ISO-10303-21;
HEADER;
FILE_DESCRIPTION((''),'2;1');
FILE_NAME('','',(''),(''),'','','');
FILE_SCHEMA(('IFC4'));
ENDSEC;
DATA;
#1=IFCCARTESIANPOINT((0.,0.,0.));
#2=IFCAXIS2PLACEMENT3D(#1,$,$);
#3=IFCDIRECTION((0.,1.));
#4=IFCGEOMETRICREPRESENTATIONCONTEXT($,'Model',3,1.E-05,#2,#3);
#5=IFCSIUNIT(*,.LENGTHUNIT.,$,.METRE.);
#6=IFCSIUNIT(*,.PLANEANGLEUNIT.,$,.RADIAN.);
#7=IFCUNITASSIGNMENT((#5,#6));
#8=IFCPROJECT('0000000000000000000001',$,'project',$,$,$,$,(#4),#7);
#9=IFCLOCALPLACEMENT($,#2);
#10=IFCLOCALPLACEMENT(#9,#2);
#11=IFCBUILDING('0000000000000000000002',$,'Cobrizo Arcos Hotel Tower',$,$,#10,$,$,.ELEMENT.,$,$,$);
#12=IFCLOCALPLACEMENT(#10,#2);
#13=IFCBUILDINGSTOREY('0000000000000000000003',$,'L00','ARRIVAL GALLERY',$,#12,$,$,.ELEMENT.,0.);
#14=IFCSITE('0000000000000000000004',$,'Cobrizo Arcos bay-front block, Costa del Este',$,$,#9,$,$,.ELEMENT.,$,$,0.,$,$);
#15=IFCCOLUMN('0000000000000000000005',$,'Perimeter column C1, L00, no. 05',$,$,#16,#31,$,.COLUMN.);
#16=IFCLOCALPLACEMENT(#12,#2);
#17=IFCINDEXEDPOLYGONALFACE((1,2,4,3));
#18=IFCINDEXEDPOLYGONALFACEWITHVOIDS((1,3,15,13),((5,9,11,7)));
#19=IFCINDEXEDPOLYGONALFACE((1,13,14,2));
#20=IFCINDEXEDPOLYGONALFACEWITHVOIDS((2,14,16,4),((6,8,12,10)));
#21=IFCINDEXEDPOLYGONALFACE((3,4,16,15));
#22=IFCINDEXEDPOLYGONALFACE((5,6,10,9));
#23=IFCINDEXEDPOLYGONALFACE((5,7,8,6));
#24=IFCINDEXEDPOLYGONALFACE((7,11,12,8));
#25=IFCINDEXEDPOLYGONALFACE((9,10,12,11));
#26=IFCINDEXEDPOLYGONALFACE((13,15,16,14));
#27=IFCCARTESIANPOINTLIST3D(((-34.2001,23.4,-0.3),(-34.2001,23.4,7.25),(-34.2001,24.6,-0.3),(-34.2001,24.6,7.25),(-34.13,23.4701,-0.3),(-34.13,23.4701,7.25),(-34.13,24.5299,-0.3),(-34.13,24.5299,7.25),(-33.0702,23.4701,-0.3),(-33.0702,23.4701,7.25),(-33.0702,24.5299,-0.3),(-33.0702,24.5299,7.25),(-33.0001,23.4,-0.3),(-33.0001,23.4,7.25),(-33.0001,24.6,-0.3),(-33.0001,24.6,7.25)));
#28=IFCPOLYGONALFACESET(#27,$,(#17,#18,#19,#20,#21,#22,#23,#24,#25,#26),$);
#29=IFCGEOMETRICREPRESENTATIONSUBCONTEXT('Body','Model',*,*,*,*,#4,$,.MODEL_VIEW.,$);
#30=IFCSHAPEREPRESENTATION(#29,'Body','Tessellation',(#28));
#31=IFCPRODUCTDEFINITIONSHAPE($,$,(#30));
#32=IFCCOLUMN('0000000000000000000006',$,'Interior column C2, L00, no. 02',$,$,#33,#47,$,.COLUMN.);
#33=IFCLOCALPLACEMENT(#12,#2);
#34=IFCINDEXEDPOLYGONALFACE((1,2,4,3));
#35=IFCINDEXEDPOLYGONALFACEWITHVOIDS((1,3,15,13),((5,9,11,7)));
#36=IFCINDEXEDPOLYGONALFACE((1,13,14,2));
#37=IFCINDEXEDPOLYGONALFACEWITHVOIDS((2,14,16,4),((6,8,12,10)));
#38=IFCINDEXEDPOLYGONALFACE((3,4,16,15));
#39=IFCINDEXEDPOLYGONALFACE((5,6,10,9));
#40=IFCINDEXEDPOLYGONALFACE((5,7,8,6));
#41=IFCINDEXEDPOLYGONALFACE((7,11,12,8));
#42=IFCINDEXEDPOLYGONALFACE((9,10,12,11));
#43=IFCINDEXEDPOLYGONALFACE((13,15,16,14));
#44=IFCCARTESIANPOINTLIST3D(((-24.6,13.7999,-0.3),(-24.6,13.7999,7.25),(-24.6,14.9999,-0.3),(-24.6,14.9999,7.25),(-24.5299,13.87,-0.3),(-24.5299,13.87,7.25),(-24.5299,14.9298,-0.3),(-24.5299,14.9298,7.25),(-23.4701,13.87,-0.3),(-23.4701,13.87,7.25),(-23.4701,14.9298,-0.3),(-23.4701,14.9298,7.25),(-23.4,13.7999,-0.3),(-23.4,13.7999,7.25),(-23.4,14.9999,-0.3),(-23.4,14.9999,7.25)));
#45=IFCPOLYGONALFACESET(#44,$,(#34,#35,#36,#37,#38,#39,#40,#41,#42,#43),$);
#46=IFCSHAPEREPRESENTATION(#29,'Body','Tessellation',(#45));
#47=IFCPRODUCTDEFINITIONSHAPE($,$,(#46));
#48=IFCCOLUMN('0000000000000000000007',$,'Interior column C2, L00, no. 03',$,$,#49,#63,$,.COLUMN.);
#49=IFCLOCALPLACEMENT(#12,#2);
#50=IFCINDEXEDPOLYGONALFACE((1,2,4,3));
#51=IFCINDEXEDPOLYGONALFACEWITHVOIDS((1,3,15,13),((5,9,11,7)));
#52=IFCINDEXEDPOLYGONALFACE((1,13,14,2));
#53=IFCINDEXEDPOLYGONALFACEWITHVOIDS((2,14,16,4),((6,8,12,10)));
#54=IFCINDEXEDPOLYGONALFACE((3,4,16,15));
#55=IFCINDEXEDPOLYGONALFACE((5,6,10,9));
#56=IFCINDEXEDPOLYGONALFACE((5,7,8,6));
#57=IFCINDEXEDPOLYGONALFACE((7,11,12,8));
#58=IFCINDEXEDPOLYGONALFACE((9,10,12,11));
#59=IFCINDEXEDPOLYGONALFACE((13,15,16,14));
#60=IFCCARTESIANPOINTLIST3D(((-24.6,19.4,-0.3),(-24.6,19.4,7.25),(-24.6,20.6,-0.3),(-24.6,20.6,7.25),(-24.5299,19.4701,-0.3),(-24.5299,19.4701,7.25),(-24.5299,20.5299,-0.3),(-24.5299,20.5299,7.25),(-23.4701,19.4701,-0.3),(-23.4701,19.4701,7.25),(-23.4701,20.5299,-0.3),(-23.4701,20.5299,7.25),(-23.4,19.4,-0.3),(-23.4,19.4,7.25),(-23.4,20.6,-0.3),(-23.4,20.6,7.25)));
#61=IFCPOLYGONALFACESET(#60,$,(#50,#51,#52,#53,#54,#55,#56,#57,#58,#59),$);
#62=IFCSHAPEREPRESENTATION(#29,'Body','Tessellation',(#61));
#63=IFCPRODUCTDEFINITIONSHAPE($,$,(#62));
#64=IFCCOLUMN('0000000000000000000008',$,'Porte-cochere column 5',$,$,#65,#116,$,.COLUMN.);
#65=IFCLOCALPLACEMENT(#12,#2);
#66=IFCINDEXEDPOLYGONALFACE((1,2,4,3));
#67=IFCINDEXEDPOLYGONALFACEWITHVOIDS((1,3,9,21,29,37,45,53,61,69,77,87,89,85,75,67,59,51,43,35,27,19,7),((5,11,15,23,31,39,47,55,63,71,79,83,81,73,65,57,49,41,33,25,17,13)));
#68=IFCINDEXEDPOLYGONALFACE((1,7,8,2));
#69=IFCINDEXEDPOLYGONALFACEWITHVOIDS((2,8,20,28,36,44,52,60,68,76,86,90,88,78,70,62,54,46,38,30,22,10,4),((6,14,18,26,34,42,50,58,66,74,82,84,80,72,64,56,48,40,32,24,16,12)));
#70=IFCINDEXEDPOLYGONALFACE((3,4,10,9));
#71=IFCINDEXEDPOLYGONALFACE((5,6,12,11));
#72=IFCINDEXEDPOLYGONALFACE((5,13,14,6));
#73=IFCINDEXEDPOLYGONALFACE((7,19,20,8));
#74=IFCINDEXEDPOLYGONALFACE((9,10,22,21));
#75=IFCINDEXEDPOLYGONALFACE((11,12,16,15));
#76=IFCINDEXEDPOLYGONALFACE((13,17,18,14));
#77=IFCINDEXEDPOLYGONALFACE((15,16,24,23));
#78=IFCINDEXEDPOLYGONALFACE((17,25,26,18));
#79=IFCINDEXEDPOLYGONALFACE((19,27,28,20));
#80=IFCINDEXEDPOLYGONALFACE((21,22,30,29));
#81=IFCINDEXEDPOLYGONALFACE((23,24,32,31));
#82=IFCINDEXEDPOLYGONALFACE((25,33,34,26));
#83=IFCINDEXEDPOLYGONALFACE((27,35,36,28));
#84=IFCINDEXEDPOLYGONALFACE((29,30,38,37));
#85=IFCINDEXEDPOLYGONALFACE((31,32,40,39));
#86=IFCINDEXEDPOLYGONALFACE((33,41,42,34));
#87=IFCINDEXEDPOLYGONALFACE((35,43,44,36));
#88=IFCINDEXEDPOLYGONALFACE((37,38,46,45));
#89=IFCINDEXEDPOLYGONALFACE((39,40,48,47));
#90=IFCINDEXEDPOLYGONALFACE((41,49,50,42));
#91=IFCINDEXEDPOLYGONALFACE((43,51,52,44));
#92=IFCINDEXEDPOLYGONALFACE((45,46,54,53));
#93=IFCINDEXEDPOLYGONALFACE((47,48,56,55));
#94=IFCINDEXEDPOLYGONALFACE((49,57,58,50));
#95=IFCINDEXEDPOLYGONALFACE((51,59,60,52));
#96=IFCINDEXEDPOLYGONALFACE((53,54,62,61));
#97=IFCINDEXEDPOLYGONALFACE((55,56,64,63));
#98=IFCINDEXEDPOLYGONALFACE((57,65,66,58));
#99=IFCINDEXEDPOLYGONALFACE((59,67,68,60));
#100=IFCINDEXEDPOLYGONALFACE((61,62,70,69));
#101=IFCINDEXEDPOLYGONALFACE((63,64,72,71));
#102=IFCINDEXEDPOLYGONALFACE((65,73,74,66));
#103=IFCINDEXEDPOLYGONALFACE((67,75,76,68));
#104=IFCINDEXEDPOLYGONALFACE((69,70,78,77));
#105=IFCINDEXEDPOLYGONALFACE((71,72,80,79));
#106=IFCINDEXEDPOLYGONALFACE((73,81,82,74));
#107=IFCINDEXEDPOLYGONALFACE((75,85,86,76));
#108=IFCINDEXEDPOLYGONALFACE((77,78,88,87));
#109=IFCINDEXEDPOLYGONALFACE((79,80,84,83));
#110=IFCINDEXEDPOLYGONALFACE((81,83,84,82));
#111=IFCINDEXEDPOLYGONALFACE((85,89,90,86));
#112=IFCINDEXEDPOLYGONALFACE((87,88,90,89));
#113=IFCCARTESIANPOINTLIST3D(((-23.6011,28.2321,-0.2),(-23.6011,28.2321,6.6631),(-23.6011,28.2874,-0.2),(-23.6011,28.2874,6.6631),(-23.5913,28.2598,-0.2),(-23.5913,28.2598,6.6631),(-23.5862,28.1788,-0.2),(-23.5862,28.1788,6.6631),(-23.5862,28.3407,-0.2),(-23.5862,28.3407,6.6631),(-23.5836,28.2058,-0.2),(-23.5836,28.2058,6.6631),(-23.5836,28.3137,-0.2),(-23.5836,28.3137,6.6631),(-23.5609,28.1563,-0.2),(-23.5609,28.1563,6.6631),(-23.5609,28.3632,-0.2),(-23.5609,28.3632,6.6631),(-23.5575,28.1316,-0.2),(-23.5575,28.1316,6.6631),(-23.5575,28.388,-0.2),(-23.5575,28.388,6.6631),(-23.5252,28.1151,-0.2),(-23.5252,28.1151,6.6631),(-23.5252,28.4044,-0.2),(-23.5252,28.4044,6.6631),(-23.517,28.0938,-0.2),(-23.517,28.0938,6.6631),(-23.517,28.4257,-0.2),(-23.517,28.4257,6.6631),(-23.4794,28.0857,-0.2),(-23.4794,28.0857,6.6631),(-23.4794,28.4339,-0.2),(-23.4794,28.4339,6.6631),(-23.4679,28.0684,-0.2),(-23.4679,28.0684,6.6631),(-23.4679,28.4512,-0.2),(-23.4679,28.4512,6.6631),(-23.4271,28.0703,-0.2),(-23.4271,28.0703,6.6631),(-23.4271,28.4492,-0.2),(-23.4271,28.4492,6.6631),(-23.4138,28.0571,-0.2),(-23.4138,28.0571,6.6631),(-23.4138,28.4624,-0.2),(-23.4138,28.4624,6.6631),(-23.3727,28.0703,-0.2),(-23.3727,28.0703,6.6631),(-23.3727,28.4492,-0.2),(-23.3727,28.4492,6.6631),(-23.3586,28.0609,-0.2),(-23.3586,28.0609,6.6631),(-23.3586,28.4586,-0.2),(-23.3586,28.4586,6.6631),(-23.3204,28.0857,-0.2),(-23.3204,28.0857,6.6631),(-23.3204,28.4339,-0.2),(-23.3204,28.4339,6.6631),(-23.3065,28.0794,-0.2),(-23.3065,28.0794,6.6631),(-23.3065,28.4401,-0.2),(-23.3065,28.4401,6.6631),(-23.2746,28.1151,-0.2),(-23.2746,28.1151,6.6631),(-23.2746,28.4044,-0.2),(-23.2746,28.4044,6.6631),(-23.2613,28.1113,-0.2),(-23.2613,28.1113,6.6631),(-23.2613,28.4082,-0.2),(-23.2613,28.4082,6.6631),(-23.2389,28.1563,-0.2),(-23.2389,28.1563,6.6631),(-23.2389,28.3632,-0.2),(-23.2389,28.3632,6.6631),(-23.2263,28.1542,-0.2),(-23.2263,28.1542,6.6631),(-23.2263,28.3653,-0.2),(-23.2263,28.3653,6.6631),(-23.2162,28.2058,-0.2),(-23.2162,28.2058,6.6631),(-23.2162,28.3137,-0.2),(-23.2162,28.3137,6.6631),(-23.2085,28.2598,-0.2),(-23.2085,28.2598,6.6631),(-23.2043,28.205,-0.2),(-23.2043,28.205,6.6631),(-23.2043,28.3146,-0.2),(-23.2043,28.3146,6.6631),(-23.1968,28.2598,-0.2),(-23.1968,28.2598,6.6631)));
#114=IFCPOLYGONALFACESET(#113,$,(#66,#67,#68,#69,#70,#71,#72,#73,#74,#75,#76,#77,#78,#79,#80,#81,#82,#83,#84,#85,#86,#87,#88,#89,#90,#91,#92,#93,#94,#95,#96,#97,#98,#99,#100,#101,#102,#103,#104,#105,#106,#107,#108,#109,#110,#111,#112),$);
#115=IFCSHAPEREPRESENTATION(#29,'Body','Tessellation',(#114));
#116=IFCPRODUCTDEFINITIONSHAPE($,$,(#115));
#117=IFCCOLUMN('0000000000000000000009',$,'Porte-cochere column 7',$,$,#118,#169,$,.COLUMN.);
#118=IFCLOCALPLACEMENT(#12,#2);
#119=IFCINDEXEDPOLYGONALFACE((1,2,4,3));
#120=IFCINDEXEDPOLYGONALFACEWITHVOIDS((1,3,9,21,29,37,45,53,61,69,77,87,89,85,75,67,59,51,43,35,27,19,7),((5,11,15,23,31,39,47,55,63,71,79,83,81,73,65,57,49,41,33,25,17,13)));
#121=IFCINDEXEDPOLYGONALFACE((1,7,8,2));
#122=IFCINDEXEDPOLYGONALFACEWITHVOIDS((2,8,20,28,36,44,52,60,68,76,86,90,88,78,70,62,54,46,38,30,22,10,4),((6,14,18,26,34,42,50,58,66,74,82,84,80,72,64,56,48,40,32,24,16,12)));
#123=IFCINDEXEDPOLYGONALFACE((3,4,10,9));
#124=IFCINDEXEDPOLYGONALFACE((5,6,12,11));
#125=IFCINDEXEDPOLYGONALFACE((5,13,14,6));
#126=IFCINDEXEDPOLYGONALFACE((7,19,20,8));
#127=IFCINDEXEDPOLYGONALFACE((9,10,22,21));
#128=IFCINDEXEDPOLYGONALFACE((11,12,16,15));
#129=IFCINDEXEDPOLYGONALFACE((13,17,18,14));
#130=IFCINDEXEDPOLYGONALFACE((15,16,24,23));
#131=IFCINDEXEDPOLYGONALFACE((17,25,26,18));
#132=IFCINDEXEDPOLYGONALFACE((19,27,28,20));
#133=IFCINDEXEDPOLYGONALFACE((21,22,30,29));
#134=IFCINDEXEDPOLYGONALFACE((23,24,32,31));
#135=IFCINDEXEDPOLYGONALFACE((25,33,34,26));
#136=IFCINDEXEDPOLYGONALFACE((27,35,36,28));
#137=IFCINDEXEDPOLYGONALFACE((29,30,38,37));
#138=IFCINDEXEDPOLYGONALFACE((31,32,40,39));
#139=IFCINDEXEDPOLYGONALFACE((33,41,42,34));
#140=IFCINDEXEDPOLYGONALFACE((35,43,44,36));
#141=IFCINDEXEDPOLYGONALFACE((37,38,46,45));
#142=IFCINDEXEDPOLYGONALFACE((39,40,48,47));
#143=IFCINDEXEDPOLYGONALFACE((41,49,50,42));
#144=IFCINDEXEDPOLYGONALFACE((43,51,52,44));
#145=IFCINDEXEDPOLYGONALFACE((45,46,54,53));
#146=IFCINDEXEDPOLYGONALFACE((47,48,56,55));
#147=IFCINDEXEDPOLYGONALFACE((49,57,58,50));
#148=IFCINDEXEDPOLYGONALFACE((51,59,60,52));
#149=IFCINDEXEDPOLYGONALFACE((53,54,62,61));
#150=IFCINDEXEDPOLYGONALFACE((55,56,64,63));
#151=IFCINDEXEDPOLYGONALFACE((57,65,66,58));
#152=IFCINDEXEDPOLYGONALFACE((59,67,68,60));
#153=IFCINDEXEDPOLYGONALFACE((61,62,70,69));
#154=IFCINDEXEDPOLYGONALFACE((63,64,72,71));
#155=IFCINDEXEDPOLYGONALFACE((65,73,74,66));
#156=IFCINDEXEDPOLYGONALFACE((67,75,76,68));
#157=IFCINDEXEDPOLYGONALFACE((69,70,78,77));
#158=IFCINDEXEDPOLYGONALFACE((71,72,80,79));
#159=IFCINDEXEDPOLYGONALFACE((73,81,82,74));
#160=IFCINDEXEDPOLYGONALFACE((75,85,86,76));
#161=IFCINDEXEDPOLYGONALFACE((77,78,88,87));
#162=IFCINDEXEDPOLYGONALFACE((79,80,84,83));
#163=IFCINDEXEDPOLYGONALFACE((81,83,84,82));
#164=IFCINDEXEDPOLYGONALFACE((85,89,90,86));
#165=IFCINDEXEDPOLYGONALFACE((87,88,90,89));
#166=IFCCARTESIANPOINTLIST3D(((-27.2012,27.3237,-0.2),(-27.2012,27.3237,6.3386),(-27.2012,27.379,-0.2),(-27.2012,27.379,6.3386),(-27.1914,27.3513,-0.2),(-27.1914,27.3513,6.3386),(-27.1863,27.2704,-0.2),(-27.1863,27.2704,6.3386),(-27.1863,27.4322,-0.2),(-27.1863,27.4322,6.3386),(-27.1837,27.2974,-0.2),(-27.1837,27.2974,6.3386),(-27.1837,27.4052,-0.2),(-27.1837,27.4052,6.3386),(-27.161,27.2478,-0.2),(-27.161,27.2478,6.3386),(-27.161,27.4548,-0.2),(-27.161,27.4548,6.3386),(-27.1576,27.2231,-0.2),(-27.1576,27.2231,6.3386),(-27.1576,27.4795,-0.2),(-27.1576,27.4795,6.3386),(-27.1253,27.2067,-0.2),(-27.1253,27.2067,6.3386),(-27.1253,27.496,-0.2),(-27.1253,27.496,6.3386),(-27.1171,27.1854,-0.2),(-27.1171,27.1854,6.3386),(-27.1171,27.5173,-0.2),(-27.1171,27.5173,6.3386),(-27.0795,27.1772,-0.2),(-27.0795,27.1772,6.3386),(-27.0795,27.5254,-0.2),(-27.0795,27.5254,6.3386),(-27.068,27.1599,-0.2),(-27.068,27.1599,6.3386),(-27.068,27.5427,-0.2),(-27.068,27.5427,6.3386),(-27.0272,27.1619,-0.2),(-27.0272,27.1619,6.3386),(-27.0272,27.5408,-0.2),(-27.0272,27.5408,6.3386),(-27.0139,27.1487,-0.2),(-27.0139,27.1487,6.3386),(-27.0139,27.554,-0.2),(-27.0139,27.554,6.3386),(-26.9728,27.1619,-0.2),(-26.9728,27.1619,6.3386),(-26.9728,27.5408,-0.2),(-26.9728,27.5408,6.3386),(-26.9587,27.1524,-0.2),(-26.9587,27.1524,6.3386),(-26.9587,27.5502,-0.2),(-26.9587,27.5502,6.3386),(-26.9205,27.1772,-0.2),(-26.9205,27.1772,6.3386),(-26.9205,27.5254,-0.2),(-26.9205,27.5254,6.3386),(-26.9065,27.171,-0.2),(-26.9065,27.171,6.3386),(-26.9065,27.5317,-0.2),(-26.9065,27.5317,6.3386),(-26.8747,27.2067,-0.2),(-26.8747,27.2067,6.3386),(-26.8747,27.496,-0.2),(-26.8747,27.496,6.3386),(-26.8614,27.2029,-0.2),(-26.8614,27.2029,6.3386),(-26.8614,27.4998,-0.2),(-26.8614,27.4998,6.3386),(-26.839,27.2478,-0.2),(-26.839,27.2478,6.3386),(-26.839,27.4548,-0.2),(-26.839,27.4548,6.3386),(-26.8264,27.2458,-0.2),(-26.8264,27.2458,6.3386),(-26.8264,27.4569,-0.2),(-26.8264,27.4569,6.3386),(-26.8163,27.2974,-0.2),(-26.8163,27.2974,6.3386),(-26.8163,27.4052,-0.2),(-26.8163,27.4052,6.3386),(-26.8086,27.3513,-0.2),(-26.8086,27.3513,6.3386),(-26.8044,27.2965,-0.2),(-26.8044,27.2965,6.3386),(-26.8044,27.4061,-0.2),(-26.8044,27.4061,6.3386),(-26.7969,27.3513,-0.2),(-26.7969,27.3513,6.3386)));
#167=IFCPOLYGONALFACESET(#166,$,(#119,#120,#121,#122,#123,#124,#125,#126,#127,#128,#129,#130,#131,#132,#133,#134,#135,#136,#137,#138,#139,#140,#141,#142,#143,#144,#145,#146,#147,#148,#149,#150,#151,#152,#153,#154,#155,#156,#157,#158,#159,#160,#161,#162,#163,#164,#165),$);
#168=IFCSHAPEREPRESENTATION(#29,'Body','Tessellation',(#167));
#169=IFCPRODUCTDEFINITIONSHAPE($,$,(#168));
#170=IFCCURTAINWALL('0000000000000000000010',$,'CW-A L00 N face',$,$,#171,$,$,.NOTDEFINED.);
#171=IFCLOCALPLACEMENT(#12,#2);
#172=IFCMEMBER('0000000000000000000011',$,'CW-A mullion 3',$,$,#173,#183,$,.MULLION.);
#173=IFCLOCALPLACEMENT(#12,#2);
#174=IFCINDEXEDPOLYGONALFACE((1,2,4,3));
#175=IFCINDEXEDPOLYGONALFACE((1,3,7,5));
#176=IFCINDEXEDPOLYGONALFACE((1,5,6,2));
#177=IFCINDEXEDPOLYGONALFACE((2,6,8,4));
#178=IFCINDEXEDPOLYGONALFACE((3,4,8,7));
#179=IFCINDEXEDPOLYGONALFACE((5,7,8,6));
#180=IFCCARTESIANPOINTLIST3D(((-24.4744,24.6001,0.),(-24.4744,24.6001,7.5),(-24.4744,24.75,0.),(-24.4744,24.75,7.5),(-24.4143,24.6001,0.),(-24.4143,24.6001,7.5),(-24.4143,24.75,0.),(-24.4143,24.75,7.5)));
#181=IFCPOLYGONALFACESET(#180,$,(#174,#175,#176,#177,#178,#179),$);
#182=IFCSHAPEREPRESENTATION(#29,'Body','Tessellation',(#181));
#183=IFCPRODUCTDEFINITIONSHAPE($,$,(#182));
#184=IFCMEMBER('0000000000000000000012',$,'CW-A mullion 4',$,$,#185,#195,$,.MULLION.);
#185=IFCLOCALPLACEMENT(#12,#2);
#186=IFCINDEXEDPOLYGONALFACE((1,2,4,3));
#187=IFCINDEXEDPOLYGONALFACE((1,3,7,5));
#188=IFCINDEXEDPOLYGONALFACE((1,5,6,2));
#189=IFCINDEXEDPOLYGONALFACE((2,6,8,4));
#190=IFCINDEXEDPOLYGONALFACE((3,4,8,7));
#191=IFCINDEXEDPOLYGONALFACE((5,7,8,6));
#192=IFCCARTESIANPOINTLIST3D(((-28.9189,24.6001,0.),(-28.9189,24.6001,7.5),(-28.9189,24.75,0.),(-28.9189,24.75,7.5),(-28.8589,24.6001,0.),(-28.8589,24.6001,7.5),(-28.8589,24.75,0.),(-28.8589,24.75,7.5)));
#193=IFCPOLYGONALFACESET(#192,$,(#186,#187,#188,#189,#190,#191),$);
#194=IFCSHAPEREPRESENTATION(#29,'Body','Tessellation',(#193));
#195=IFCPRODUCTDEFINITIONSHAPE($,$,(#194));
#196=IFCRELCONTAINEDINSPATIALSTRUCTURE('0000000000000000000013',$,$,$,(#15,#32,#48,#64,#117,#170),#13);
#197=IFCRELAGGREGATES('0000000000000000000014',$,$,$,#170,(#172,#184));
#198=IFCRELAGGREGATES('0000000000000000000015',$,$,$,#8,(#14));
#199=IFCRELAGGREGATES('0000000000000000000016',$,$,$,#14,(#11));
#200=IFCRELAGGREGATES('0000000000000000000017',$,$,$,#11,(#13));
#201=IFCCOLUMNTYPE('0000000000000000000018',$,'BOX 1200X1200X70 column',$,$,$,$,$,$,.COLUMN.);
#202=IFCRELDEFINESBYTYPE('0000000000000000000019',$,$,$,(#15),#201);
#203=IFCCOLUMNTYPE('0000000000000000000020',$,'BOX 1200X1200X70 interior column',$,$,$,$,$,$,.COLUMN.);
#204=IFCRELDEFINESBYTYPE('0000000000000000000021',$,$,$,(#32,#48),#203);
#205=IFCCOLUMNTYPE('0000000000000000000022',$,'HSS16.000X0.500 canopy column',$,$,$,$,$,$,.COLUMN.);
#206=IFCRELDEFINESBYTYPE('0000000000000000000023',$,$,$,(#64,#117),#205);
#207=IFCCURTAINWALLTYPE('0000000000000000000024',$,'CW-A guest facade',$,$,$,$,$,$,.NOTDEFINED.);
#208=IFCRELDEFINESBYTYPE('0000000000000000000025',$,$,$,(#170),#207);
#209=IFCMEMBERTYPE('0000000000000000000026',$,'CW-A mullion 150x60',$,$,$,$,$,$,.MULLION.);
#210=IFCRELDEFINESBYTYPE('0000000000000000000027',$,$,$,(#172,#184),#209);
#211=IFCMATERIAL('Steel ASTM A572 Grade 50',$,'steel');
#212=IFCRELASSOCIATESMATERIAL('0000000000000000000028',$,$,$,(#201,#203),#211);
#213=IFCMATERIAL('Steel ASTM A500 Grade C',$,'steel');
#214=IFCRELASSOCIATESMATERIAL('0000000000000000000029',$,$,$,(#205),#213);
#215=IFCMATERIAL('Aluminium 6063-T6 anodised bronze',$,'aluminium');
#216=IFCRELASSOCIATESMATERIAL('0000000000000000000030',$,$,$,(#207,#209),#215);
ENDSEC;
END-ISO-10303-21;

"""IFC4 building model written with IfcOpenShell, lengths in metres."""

from ifc_helpers import new_model, si_unit, direction, frame, origin, origin_2d, place, context, subcontext, project, spatial, rectangle, hollow_rectangle, hollow_circle, extrude, material, material_profile, profile_set, type_object, element, aggregate, save


model = new_model("IFC4")

# Units and contexts
model_context = context("Model", 3, precision=1e-05, world=origin(), true_north=direction((0.0, 1.0)))
body_context = subcontext(model_context, "Body", "Model", "MODEL_VIEW")
ifc_project = project(units=[si_unit("LENGTHUNIT", "METRE"), si_unit("PLANEANGLEUNIT", "RADIAN")], contexts=[model_context])

# Site, building, storey
site_placement = place(None, origin())
site = spatial("IfcSite", under=ifc_project, at=site_placement, Name="Cobrizo Arcos bay-front block, Costa del Este", CompositionType="ELEMENT", RefElevation=0.0)
building_placement = place(site_placement, origin())
building = spatial("IfcBuilding", under=site, at=building_placement, Name="Cobrizo Arcos Hotel Tower", CompositionType="ELEMENT")
storey_placement = place(building_placement, origin())
storey = spatial("IfcBuildingStorey", under=building, at=storey_placement, Name="L00", Description="ARRIVAL GALLERY", CompositionType="ELEMENT", Elevation=0.0)

# Columns
ifc_material_1 = material(Name="Steel ASTM A572 Grade 50", Category="steel")
ifc_material_profile_1 = material_profile(ifc_material_1, hollow_rectangle(XDim=1.2, YDim=1.2, WallThickness=0.0701, at=origin_2d()), Name="BOX 1200X1200X70")
ifc_profile_set_1 = profile_set([ifc_material_profile_1], Name="Steel ASTM A572 Grade 50")
column_type_1 = type_object("IfcColumnType", Name="BOX 1200X1200X70 column", PredefinedType="COLUMN", material=ifc_profile_set_1)
column_1_placement = place(storey_placement, frame((-33.6001, 24.0, -0.3), z_axis=(0.0, 0.0, 1.0), x_axis=(1.0, 0.0, 0.0)))
element("IfcColumn", 1, at=column_1_placement, inside=storey, type_object=column_type_1, Name="Perimeter column C1, L00, no. 05", PredefinedType="COLUMN", context=body_context, shape_type="SweptSolid", body=[
    extrude(hollow_rectangle(XDim=1.2, YDim=1.2, WallThickness=0.0701, at=origin_2d()), origin(), (0.0, 0.0, 1.0), 7.55),
])
ifc_material_profile_2 = material_profile(ifc_material_1, hollow_rectangle(XDim=1.2, YDim=1.2, WallThickness=0.0701, at=origin_2d()), Name="BOX 1200X1200X70")
ifc_profile_set_2 = profile_set([ifc_material_profile_2], Name="Steel ASTM A572 Grade 50")
column_type_2 = type_object("IfcColumnType", Name="BOX 1200X1200X70 interior column", PredefinedType="COLUMN", material=ifc_profile_set_2)
for number, where, z_axis, x_axis, name in (
    (2, (-24.0, 14.3999, -0.3), (0.0, 0.0, 1.0), (1.0, 0.0, 0.0), "Interior column C2, L00, no. 02"),
    (3, (-24.0, 20.0, -0.3), (0.0, 0.0, 1.0), (1.0, 0.0, 0.0), "Interior column C2, L00, no. 03"),
):
    element("IfcColumn", number, at=place(storey_placement, frame(where, z_axis=z_axis, x_axis=x_axis)), inside=storey, type_object=column_type_2, Name=name, PredefinedType="COLUMN", context=body_context, shape_type="SweptSolid", body=[
        extrude(hollow_rectangle(XDim=1.2, YDim=1.2, WallThickness=0.0701, at=origin_2d()), origin(), (0.0, 0.0, 1.0), 7.55),
    ])
ifc_material_2 = material(Name="Steel ASTM A500 Grade C", Category="steel")
ifc_material_profile_3 = material_profile(ifc_material_2, hollow_circle(Radius=0.2031, WallThickness=0.0117, at=origin_2d()), Name="HSS16.000X0.500")
ifc_profile_set_3 = profile_set([ifc_material_profile_3], Name="Steel ASTM A500 Grade C")
column_type_3 = type_object("IfcColumnType", Name="HSS16.000X0.500 canopy column", PredefinedType="COLUMN", material=ifc_profile_set_3)
column_2_placement = place(storey_placement, frame((-23.3999, 28.2598, -0.2), z_axis=(0.0, 0.0, 1.0), x_axis=(1.0, 0.0, 0.0)))
element("IfcColumn", 4, at=column_2_placement, inside=storey, type_object=column_type_3, Name="Porte-cochere column 5", PredefinedType="COLUMN", context=body_context, shape_type="SweptSolid", body=[
    extrude(hollow_circle(Radius=0.2031, WallThickness=0.0117, at=origin_2d()), origin(), (0.0, 0.0, 1.0), 6.863),
])
column_3_placement = place(storey_placement, frame((-27.0, 27.3513, -0.2), z_axis=(0.0, 0.0, 1.0), x_axis=(1.0, 0.0, 0.0)))
element("IfcColumn", 5, at=column_3_placement, inside=storey, type_object=column_type_3, Name="Porte-cochere column 7", PredefinedType="COLUMN", context=body_context, shape_type="SweptSolid", body=[
    extrude(hollow_circle(Radius=0.2031, WallThickness=0.0117, at=origin_2d()), origin(), (0.0, 0.0, 1.0), 6.5386),
])

# Curtain wall, members
ifc_material_3 = material(Name="Aluminium 6063-T6 anodised bronze", Category="aluminium")
curtain_wall_type_1 = type_object("IfcCurtainWallType", Name="CW-A guest facade", PredefinedType="NOTDEFINED", material=ifc_material_3)
curtain_wall_1_placement = place(storey_placement, origin())
curtain_wall_1 = element("IfcCurtainWall", 6, at=curtain_wall_1_placement, inside=storey, type_object=curtain_wall_type_1, Name="CW-A L00 N face", PredefinedType="NOTDEFINED")
ifc_material_profile_4 = material_profile(ifc_material_3, rectangle(XDim=0.1499, YDim=0.0601, at=origin_2d()), Name="CW-A mullion 150x60")
ifc_profile_set_4 = profile_set([ifc_material_profile_4], Name="Aluminium 6063-T6 anodised bronze")
member_type_1 = type_object("IfcMemberType", Name="CW-A mullion 150x60", PredefinedType="MULLION", material=ifc_profile_set_4)
member_1_placement = place(storey_placement, frame((-24.4443, 24.675, 0.0), z_axis=(0.0, 0.0, 1.0), x_axis=(0.0, 1.0, 0.0)))
member_1 = element("IfcMember", 7, at=member_1_placement, type_object=member_type_1, Name="CW-A mullion 3", PredefinedType="MULLION", context=body_context, shape_type="SweptSolid", body=[
    extrude(rectangle(XDim=0.1499, YDim=0.0601, at=origin_2d()), origin(), (0.0, 0.0, 1.0), 7.5),
])
member_2_placement = place(storey_placement, frame((-28.8889, 24.675, 0.0), z_axis=(0.0, 0.0, 1.0), x_axis=(0.0, 1.0, 0.0)))
member_2 = element("IfcMember", 8, at=member_2_placement, type_object=member_type_1, Name="CW-A mullion 4", PredefinedType="MULLION", context=body_context, shape_type="SweptSolid", body=[
    extrude(rectangle(XDim=0.1499, YDim=0.0601, at=origin_2d()), origin(), (0.0, 0.0, 1.0), 7.5),
])

aggregate(curtain_wall_1, [member_1, member_2])

save(model, "model.ifc")
